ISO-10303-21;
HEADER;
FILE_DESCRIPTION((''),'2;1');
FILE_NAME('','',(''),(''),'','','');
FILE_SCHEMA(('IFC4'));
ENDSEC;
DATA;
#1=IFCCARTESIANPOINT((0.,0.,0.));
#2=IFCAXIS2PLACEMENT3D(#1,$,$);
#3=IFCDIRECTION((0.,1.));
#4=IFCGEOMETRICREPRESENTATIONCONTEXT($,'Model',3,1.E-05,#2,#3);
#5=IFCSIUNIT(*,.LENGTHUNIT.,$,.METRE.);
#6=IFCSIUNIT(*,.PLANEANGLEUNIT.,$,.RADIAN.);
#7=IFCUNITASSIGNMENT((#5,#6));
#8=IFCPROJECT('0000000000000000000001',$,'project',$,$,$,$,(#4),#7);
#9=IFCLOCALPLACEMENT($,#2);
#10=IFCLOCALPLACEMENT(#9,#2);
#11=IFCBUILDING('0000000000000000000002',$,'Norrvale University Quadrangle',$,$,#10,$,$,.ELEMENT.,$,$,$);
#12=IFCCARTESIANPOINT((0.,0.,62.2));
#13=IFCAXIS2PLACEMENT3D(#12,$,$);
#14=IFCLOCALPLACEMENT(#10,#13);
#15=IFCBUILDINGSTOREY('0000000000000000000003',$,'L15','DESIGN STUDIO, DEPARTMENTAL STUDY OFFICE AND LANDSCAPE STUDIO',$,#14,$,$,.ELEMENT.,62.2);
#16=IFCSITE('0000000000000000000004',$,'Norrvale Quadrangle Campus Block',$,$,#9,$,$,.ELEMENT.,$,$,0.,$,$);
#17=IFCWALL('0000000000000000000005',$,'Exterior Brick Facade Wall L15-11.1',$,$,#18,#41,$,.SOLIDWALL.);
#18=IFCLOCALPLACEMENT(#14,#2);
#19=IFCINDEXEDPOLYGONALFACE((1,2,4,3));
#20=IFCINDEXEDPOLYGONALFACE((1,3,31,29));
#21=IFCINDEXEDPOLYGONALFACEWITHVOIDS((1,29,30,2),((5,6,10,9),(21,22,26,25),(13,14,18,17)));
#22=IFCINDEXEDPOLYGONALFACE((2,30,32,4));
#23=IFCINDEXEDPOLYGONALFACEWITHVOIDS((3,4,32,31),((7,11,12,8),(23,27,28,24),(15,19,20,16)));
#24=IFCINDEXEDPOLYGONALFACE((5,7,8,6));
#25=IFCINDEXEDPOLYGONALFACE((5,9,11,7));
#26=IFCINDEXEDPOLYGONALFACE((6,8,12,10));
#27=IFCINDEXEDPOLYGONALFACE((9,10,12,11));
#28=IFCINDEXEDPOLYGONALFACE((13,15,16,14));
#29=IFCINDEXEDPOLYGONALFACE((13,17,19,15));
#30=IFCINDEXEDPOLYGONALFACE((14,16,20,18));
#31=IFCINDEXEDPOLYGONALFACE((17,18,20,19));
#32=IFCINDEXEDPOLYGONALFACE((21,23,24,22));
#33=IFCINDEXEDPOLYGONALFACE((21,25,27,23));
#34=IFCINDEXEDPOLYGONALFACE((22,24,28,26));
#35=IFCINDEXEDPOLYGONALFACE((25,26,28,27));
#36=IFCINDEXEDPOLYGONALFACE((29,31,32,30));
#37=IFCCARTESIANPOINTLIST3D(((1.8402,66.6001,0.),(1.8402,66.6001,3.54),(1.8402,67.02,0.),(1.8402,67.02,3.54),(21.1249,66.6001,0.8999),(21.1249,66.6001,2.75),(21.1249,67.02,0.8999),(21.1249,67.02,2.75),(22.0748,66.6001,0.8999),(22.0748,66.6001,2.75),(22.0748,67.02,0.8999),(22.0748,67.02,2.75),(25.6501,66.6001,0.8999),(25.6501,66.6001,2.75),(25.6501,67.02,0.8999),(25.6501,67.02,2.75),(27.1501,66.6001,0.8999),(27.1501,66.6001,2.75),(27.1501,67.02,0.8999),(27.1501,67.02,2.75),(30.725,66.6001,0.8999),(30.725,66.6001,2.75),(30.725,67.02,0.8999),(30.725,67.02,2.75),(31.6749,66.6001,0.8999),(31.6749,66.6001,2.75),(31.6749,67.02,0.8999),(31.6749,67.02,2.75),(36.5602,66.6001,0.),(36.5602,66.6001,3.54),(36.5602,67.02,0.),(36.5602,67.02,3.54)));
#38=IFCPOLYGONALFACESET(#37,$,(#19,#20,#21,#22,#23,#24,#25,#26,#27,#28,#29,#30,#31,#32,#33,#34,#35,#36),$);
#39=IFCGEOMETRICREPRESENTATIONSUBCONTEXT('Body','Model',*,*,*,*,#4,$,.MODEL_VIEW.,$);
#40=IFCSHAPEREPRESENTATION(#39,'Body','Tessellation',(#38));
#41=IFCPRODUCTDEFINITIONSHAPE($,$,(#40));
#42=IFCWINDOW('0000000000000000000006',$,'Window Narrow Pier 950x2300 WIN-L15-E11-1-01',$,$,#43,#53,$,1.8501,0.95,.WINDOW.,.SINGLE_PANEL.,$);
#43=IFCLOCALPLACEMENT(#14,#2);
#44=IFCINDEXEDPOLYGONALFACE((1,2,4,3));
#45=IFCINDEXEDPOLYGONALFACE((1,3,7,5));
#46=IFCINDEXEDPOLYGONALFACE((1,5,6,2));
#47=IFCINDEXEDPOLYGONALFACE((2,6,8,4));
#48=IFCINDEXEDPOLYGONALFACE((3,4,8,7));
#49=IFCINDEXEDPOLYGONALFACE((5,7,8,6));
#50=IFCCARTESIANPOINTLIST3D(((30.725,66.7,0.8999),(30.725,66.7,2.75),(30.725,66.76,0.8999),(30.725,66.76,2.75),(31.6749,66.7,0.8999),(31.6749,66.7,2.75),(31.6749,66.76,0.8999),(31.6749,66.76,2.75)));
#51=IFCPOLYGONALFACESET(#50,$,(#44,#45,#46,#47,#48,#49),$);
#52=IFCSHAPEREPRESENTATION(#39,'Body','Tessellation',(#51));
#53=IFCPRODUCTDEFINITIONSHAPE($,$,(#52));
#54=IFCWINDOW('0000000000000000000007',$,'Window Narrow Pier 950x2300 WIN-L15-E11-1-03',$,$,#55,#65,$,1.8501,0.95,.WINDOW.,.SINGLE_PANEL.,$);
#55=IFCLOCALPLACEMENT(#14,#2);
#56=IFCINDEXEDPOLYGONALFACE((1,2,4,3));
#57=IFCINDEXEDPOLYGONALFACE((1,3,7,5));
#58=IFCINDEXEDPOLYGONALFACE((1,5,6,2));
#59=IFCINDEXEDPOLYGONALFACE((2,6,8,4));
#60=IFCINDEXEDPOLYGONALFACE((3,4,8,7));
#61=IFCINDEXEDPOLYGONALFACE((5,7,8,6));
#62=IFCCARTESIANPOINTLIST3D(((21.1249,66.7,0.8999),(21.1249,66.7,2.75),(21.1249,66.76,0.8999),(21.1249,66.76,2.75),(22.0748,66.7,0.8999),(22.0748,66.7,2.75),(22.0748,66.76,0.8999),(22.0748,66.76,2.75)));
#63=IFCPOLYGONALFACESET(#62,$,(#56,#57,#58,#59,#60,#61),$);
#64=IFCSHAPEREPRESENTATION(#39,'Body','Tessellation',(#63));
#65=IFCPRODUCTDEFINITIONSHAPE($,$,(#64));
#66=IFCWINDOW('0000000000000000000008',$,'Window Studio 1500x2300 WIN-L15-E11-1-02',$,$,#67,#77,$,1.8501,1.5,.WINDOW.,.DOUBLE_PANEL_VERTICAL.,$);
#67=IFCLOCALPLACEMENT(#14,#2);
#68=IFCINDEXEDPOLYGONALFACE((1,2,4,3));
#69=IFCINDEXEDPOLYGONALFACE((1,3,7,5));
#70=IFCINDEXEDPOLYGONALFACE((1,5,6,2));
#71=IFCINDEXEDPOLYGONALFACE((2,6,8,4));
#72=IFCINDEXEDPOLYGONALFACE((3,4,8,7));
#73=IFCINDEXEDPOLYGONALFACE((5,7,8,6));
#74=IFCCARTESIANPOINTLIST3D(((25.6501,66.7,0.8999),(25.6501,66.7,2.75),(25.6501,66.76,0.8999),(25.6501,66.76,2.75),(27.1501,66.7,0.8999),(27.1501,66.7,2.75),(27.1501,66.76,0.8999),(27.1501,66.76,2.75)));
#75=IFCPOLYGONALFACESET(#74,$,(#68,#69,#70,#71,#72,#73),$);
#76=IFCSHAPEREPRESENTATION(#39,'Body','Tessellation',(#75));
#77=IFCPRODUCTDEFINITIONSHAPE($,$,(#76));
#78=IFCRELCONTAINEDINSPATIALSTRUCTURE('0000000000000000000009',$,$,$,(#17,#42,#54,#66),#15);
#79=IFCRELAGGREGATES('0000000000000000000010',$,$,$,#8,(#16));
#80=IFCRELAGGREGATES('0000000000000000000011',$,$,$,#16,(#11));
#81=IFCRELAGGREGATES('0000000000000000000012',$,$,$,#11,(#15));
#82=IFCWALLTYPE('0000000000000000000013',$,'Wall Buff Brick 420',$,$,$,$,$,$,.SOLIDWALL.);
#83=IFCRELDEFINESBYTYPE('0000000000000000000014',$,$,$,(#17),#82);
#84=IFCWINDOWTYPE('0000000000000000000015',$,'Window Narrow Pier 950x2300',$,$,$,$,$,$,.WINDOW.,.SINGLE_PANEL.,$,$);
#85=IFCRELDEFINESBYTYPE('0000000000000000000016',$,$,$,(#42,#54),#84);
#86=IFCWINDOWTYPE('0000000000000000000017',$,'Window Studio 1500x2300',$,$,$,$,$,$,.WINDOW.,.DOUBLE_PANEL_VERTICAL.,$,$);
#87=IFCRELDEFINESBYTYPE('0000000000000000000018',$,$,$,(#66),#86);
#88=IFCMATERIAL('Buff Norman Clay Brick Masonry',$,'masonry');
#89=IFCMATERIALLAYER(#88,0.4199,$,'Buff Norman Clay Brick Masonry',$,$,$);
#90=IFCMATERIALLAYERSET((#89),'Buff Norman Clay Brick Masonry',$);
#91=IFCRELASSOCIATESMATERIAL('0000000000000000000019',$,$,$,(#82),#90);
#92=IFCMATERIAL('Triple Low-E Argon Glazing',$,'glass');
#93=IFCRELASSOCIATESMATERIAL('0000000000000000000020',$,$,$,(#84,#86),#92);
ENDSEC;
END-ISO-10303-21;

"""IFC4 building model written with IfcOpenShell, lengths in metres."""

from ifc_helpers import new_model, si_unit, direction, frame, frame_2d, origin, place, context, subcontext, project, spatial, rectangle, extrude, material, layer, layer_set, type_object, element, fill, save


model = new_model("IFC4")

# Units and contexts
model_context = context("Model", 3, precision=1e-05, world=origin(), true_north=direction((0.0, 1.0)))
body_context = subcontext(model_context, "Body", "Model", "MODEL_VIEW")
ifc_project = project(units=[si_unit("LENGTHUNIT", "METRE"), si_unit("PLANEANGLEUNIT", "RADIAN")], contexts=[model_context])

# Site, building, storey
site_placement = place(None, origin())
site = spatial("IfcSite", under=ifc_project, at=site_placement, Name="Norrvale Quadrangle Campus Block", CompositionType="ELEMENT", RefElevation=0.0)
building_placement = place(site_placement, origin())
building = spatial("IfcBuilding", under=site, at=building_placement, Name="Norrvale University Quadrangle", CompositionType="ELEMENT")
storey_placement = place(building_placement, frame((0.0, 0.0, 62.2)))
storey = spatial("IfcBuildingStorey", under=building, at=storey_placement, Name="L15", Description="DESIGN STUDIO, DEPARTMENTAL STUDY OFFICE AND LANDSCAPE STUDIO", CompositionType="ELEMENT", Elevation=62.2)

# Shared definitions
ifc_material_1 = material(Name="Buff Norman Clay Brick Masonry", Category="masonry")
ifc_layer_1 = layer(ifc_material_1, 0.4199, Name="Buff Norman Clay Brick Masonry")
ifc_layer_set_1 = layer_set([ifc_layer_1], Name="Buff Norman Clay Brick Masonry")
wall_type = type_object("IfcWallType", Name="Wall Buff Brick 420", PredefinedType="SOLIDWALL", material=ifc_layer_set_1)

# Wall, openings, windows
wall_1_placement = place(storey_placement, frame((36.5601, 66.8101, 0.0), z_axis=(0.0, 0.0, 1.0), x_axis=(-1.0, 0.0, 0.0)))
wall_1 = element("IfcWall", 1, at=wall_1_placement, inside=storey, type_object=wall_type, Name="Exterior Brick Facade Wall L15-11.1", PredefinedType="SOLIDWALL", context=body_context, shape_type="SweptSolid", body=[
    extrude(rectangle(XDim=34.72, YDim=0.4199, at=frame_2d((17.3599, 0.0))), origin(), (0.0, 0.0, 1.0), 3.54),
])
opening_1_placement = place(wall_1_placement, frame((4.885, 0.0, 0.8999)))
opening_1 = element("IfcOpeningElement", 2, at=opening_1_placement, cuts=wall_1, PredefinedType="OPENING", context=body_context, shape_type="SweptSolid", body=[
    extrude(rectangle(XDim=0.95, YDim=1.8501, at=frame_2d((0.4751, 0.925))), frame((0.0, 0.2219, 0.0), z_axis=(0.0, -1.0, 0.0), x_axis=(1.0, 0.0, 0.0)), (0.0, 0.0, 1.0), 0.4438),
])
opening_2_placement = place(wall_1_placement, frame((9.4099, 0.0, 0.8999)))
opening_2 = element("IfcOpeningElement", 3, at=opening_2_placement, cuts=wall_1, PredefinedType="OPENING", context=body_context, shape_type="SweptSolid", body=[
    extrude(rectangle(XDim=1.5, YDim=1.8501, at=frame_2d((0.75, 0.925))), frame((0.0, 0.2219, 0.0), z_axis=(0.0, -1.0, 0.0), x_axis=(1.0, 0.0, 0.0)), (0.0, 0.0, 1.0), 0.4438),
])
opening_3_placement = place(wall_1_placement, frame((14.4851, 0.0, 0.8999)))
opening_3 = element("IfcOpeningElement", 4, at=opening_3_placement, cuts=wall_1, PredefinedType="OPENING", context=body_context, shape_type="SweptSolid", body=[
    extrude(rectangle(XDim=0.95, YDim=1.8501, at=frame_2d((0.4751, 0.925))), frame((0.0, 0.2219, 0.0), z_axis=(0.0, -1.0, 0.0), x_axis=(1.0, 0.0, 0.0)), (0.0, 0.0, 1.0), 0.4438),
])
ifc_material_2 = material(Name="Triple Low-E Argon Glazing", Category="glass")
window_type_1 = type_object("IfcWindowType", Name="Window Narrow Pier 950x2300", PartitioningType="SINGLE_PANEL", PredefinedType="WINDOW", material=ifc_material_2)
window_1_placement = place(opening_1_placement, origin())
window_1 = element("IfcWindow", 5, at=window_1_placement, inside=storey, type_object=window_type_1, Name="Window Narrow Pier 950x2300 WIN-L15-E11-1-01", OverallHeight=1.8501, OverallWidth=0.95, PartitioningType="SINGLE_PANEL", PredefinedType="WINDOW", context=body_context, shape_type="SweptSolid", body=[
    extrude(rectangle(XDim=0.95, YDim=1.8501, at=frame_2d((0.4751, 0.925))), frame((0.0, 0.1101, 0.0), z_axis=(0.0, -1.0, 0.0), x_axis=(1.0, 0.0, 0.0)), (0.0, 0.0, 1.0), 0.0601),
])
fill(opening_1, window_1)
window_2_placement = place(opening_3_placement, origin())
window_2 = element("IfcWindow", 6, at=window_2_placement, inside=storey, type_object=window_type_1, Name="Window Narrow Pier 950x2300 WIN-L15-E11-1-03", OverallHeight=1.8501, OverallWidth=0.95, PartitioningType="SINGLE_PANEL", PredefinedType="WINDOW", context=body_context, shape_type="SweptSolid", body=[
    extrude(rectangle(XDim=0.95, YDim=1.8501, at=frame_2d((0.4751, 0.925))), frame((0.0, 0.1101, 0.0), z_axis=(0.0, -1.0, 0.0), x_axis=(1.0, 0.0, 0.0)), (0.0, 0.0, 1.0), 0.0601),
])
fill(opening_3, window_2)
window_type_2 = type_object("IfcWindowType", Name="Window Studio 1500x2300", PartitioningType="DOUBLE_PANEL_VERTICAL", PredefinedType="WINDOW", material=ifc_material_2)
window_3_placement = place(opening_2_placement, origin())
window_3 = element("IfcWindow", 7, at=window_3_placement, inside=storey, type_object=window_type_2, Name="Window Studio 1500x2300 WIN-L15-E11-1-02", OverallHeight=1.8501, OverallWidth=1.5, PartitioningType="DOUBLE_PANEL_VERTICAL", PredefinedType="WINDOW", context=body_context, shape_type="SweptSolid", body=[
    extrude(rectangle(XDim=1.5, YDim=1.8501, at=frame_2d((0.75, 0.925))), frame((0.0, 0.1101, 0.0), z_axis=(0.0, -1.0, 0.0), x_axis=(1.0, 0.0, 0.0)), (0.0, 0.0, 1.0), 0.0601),
])
fill(opening_2, window_3)

save(model, "model.ifc")
